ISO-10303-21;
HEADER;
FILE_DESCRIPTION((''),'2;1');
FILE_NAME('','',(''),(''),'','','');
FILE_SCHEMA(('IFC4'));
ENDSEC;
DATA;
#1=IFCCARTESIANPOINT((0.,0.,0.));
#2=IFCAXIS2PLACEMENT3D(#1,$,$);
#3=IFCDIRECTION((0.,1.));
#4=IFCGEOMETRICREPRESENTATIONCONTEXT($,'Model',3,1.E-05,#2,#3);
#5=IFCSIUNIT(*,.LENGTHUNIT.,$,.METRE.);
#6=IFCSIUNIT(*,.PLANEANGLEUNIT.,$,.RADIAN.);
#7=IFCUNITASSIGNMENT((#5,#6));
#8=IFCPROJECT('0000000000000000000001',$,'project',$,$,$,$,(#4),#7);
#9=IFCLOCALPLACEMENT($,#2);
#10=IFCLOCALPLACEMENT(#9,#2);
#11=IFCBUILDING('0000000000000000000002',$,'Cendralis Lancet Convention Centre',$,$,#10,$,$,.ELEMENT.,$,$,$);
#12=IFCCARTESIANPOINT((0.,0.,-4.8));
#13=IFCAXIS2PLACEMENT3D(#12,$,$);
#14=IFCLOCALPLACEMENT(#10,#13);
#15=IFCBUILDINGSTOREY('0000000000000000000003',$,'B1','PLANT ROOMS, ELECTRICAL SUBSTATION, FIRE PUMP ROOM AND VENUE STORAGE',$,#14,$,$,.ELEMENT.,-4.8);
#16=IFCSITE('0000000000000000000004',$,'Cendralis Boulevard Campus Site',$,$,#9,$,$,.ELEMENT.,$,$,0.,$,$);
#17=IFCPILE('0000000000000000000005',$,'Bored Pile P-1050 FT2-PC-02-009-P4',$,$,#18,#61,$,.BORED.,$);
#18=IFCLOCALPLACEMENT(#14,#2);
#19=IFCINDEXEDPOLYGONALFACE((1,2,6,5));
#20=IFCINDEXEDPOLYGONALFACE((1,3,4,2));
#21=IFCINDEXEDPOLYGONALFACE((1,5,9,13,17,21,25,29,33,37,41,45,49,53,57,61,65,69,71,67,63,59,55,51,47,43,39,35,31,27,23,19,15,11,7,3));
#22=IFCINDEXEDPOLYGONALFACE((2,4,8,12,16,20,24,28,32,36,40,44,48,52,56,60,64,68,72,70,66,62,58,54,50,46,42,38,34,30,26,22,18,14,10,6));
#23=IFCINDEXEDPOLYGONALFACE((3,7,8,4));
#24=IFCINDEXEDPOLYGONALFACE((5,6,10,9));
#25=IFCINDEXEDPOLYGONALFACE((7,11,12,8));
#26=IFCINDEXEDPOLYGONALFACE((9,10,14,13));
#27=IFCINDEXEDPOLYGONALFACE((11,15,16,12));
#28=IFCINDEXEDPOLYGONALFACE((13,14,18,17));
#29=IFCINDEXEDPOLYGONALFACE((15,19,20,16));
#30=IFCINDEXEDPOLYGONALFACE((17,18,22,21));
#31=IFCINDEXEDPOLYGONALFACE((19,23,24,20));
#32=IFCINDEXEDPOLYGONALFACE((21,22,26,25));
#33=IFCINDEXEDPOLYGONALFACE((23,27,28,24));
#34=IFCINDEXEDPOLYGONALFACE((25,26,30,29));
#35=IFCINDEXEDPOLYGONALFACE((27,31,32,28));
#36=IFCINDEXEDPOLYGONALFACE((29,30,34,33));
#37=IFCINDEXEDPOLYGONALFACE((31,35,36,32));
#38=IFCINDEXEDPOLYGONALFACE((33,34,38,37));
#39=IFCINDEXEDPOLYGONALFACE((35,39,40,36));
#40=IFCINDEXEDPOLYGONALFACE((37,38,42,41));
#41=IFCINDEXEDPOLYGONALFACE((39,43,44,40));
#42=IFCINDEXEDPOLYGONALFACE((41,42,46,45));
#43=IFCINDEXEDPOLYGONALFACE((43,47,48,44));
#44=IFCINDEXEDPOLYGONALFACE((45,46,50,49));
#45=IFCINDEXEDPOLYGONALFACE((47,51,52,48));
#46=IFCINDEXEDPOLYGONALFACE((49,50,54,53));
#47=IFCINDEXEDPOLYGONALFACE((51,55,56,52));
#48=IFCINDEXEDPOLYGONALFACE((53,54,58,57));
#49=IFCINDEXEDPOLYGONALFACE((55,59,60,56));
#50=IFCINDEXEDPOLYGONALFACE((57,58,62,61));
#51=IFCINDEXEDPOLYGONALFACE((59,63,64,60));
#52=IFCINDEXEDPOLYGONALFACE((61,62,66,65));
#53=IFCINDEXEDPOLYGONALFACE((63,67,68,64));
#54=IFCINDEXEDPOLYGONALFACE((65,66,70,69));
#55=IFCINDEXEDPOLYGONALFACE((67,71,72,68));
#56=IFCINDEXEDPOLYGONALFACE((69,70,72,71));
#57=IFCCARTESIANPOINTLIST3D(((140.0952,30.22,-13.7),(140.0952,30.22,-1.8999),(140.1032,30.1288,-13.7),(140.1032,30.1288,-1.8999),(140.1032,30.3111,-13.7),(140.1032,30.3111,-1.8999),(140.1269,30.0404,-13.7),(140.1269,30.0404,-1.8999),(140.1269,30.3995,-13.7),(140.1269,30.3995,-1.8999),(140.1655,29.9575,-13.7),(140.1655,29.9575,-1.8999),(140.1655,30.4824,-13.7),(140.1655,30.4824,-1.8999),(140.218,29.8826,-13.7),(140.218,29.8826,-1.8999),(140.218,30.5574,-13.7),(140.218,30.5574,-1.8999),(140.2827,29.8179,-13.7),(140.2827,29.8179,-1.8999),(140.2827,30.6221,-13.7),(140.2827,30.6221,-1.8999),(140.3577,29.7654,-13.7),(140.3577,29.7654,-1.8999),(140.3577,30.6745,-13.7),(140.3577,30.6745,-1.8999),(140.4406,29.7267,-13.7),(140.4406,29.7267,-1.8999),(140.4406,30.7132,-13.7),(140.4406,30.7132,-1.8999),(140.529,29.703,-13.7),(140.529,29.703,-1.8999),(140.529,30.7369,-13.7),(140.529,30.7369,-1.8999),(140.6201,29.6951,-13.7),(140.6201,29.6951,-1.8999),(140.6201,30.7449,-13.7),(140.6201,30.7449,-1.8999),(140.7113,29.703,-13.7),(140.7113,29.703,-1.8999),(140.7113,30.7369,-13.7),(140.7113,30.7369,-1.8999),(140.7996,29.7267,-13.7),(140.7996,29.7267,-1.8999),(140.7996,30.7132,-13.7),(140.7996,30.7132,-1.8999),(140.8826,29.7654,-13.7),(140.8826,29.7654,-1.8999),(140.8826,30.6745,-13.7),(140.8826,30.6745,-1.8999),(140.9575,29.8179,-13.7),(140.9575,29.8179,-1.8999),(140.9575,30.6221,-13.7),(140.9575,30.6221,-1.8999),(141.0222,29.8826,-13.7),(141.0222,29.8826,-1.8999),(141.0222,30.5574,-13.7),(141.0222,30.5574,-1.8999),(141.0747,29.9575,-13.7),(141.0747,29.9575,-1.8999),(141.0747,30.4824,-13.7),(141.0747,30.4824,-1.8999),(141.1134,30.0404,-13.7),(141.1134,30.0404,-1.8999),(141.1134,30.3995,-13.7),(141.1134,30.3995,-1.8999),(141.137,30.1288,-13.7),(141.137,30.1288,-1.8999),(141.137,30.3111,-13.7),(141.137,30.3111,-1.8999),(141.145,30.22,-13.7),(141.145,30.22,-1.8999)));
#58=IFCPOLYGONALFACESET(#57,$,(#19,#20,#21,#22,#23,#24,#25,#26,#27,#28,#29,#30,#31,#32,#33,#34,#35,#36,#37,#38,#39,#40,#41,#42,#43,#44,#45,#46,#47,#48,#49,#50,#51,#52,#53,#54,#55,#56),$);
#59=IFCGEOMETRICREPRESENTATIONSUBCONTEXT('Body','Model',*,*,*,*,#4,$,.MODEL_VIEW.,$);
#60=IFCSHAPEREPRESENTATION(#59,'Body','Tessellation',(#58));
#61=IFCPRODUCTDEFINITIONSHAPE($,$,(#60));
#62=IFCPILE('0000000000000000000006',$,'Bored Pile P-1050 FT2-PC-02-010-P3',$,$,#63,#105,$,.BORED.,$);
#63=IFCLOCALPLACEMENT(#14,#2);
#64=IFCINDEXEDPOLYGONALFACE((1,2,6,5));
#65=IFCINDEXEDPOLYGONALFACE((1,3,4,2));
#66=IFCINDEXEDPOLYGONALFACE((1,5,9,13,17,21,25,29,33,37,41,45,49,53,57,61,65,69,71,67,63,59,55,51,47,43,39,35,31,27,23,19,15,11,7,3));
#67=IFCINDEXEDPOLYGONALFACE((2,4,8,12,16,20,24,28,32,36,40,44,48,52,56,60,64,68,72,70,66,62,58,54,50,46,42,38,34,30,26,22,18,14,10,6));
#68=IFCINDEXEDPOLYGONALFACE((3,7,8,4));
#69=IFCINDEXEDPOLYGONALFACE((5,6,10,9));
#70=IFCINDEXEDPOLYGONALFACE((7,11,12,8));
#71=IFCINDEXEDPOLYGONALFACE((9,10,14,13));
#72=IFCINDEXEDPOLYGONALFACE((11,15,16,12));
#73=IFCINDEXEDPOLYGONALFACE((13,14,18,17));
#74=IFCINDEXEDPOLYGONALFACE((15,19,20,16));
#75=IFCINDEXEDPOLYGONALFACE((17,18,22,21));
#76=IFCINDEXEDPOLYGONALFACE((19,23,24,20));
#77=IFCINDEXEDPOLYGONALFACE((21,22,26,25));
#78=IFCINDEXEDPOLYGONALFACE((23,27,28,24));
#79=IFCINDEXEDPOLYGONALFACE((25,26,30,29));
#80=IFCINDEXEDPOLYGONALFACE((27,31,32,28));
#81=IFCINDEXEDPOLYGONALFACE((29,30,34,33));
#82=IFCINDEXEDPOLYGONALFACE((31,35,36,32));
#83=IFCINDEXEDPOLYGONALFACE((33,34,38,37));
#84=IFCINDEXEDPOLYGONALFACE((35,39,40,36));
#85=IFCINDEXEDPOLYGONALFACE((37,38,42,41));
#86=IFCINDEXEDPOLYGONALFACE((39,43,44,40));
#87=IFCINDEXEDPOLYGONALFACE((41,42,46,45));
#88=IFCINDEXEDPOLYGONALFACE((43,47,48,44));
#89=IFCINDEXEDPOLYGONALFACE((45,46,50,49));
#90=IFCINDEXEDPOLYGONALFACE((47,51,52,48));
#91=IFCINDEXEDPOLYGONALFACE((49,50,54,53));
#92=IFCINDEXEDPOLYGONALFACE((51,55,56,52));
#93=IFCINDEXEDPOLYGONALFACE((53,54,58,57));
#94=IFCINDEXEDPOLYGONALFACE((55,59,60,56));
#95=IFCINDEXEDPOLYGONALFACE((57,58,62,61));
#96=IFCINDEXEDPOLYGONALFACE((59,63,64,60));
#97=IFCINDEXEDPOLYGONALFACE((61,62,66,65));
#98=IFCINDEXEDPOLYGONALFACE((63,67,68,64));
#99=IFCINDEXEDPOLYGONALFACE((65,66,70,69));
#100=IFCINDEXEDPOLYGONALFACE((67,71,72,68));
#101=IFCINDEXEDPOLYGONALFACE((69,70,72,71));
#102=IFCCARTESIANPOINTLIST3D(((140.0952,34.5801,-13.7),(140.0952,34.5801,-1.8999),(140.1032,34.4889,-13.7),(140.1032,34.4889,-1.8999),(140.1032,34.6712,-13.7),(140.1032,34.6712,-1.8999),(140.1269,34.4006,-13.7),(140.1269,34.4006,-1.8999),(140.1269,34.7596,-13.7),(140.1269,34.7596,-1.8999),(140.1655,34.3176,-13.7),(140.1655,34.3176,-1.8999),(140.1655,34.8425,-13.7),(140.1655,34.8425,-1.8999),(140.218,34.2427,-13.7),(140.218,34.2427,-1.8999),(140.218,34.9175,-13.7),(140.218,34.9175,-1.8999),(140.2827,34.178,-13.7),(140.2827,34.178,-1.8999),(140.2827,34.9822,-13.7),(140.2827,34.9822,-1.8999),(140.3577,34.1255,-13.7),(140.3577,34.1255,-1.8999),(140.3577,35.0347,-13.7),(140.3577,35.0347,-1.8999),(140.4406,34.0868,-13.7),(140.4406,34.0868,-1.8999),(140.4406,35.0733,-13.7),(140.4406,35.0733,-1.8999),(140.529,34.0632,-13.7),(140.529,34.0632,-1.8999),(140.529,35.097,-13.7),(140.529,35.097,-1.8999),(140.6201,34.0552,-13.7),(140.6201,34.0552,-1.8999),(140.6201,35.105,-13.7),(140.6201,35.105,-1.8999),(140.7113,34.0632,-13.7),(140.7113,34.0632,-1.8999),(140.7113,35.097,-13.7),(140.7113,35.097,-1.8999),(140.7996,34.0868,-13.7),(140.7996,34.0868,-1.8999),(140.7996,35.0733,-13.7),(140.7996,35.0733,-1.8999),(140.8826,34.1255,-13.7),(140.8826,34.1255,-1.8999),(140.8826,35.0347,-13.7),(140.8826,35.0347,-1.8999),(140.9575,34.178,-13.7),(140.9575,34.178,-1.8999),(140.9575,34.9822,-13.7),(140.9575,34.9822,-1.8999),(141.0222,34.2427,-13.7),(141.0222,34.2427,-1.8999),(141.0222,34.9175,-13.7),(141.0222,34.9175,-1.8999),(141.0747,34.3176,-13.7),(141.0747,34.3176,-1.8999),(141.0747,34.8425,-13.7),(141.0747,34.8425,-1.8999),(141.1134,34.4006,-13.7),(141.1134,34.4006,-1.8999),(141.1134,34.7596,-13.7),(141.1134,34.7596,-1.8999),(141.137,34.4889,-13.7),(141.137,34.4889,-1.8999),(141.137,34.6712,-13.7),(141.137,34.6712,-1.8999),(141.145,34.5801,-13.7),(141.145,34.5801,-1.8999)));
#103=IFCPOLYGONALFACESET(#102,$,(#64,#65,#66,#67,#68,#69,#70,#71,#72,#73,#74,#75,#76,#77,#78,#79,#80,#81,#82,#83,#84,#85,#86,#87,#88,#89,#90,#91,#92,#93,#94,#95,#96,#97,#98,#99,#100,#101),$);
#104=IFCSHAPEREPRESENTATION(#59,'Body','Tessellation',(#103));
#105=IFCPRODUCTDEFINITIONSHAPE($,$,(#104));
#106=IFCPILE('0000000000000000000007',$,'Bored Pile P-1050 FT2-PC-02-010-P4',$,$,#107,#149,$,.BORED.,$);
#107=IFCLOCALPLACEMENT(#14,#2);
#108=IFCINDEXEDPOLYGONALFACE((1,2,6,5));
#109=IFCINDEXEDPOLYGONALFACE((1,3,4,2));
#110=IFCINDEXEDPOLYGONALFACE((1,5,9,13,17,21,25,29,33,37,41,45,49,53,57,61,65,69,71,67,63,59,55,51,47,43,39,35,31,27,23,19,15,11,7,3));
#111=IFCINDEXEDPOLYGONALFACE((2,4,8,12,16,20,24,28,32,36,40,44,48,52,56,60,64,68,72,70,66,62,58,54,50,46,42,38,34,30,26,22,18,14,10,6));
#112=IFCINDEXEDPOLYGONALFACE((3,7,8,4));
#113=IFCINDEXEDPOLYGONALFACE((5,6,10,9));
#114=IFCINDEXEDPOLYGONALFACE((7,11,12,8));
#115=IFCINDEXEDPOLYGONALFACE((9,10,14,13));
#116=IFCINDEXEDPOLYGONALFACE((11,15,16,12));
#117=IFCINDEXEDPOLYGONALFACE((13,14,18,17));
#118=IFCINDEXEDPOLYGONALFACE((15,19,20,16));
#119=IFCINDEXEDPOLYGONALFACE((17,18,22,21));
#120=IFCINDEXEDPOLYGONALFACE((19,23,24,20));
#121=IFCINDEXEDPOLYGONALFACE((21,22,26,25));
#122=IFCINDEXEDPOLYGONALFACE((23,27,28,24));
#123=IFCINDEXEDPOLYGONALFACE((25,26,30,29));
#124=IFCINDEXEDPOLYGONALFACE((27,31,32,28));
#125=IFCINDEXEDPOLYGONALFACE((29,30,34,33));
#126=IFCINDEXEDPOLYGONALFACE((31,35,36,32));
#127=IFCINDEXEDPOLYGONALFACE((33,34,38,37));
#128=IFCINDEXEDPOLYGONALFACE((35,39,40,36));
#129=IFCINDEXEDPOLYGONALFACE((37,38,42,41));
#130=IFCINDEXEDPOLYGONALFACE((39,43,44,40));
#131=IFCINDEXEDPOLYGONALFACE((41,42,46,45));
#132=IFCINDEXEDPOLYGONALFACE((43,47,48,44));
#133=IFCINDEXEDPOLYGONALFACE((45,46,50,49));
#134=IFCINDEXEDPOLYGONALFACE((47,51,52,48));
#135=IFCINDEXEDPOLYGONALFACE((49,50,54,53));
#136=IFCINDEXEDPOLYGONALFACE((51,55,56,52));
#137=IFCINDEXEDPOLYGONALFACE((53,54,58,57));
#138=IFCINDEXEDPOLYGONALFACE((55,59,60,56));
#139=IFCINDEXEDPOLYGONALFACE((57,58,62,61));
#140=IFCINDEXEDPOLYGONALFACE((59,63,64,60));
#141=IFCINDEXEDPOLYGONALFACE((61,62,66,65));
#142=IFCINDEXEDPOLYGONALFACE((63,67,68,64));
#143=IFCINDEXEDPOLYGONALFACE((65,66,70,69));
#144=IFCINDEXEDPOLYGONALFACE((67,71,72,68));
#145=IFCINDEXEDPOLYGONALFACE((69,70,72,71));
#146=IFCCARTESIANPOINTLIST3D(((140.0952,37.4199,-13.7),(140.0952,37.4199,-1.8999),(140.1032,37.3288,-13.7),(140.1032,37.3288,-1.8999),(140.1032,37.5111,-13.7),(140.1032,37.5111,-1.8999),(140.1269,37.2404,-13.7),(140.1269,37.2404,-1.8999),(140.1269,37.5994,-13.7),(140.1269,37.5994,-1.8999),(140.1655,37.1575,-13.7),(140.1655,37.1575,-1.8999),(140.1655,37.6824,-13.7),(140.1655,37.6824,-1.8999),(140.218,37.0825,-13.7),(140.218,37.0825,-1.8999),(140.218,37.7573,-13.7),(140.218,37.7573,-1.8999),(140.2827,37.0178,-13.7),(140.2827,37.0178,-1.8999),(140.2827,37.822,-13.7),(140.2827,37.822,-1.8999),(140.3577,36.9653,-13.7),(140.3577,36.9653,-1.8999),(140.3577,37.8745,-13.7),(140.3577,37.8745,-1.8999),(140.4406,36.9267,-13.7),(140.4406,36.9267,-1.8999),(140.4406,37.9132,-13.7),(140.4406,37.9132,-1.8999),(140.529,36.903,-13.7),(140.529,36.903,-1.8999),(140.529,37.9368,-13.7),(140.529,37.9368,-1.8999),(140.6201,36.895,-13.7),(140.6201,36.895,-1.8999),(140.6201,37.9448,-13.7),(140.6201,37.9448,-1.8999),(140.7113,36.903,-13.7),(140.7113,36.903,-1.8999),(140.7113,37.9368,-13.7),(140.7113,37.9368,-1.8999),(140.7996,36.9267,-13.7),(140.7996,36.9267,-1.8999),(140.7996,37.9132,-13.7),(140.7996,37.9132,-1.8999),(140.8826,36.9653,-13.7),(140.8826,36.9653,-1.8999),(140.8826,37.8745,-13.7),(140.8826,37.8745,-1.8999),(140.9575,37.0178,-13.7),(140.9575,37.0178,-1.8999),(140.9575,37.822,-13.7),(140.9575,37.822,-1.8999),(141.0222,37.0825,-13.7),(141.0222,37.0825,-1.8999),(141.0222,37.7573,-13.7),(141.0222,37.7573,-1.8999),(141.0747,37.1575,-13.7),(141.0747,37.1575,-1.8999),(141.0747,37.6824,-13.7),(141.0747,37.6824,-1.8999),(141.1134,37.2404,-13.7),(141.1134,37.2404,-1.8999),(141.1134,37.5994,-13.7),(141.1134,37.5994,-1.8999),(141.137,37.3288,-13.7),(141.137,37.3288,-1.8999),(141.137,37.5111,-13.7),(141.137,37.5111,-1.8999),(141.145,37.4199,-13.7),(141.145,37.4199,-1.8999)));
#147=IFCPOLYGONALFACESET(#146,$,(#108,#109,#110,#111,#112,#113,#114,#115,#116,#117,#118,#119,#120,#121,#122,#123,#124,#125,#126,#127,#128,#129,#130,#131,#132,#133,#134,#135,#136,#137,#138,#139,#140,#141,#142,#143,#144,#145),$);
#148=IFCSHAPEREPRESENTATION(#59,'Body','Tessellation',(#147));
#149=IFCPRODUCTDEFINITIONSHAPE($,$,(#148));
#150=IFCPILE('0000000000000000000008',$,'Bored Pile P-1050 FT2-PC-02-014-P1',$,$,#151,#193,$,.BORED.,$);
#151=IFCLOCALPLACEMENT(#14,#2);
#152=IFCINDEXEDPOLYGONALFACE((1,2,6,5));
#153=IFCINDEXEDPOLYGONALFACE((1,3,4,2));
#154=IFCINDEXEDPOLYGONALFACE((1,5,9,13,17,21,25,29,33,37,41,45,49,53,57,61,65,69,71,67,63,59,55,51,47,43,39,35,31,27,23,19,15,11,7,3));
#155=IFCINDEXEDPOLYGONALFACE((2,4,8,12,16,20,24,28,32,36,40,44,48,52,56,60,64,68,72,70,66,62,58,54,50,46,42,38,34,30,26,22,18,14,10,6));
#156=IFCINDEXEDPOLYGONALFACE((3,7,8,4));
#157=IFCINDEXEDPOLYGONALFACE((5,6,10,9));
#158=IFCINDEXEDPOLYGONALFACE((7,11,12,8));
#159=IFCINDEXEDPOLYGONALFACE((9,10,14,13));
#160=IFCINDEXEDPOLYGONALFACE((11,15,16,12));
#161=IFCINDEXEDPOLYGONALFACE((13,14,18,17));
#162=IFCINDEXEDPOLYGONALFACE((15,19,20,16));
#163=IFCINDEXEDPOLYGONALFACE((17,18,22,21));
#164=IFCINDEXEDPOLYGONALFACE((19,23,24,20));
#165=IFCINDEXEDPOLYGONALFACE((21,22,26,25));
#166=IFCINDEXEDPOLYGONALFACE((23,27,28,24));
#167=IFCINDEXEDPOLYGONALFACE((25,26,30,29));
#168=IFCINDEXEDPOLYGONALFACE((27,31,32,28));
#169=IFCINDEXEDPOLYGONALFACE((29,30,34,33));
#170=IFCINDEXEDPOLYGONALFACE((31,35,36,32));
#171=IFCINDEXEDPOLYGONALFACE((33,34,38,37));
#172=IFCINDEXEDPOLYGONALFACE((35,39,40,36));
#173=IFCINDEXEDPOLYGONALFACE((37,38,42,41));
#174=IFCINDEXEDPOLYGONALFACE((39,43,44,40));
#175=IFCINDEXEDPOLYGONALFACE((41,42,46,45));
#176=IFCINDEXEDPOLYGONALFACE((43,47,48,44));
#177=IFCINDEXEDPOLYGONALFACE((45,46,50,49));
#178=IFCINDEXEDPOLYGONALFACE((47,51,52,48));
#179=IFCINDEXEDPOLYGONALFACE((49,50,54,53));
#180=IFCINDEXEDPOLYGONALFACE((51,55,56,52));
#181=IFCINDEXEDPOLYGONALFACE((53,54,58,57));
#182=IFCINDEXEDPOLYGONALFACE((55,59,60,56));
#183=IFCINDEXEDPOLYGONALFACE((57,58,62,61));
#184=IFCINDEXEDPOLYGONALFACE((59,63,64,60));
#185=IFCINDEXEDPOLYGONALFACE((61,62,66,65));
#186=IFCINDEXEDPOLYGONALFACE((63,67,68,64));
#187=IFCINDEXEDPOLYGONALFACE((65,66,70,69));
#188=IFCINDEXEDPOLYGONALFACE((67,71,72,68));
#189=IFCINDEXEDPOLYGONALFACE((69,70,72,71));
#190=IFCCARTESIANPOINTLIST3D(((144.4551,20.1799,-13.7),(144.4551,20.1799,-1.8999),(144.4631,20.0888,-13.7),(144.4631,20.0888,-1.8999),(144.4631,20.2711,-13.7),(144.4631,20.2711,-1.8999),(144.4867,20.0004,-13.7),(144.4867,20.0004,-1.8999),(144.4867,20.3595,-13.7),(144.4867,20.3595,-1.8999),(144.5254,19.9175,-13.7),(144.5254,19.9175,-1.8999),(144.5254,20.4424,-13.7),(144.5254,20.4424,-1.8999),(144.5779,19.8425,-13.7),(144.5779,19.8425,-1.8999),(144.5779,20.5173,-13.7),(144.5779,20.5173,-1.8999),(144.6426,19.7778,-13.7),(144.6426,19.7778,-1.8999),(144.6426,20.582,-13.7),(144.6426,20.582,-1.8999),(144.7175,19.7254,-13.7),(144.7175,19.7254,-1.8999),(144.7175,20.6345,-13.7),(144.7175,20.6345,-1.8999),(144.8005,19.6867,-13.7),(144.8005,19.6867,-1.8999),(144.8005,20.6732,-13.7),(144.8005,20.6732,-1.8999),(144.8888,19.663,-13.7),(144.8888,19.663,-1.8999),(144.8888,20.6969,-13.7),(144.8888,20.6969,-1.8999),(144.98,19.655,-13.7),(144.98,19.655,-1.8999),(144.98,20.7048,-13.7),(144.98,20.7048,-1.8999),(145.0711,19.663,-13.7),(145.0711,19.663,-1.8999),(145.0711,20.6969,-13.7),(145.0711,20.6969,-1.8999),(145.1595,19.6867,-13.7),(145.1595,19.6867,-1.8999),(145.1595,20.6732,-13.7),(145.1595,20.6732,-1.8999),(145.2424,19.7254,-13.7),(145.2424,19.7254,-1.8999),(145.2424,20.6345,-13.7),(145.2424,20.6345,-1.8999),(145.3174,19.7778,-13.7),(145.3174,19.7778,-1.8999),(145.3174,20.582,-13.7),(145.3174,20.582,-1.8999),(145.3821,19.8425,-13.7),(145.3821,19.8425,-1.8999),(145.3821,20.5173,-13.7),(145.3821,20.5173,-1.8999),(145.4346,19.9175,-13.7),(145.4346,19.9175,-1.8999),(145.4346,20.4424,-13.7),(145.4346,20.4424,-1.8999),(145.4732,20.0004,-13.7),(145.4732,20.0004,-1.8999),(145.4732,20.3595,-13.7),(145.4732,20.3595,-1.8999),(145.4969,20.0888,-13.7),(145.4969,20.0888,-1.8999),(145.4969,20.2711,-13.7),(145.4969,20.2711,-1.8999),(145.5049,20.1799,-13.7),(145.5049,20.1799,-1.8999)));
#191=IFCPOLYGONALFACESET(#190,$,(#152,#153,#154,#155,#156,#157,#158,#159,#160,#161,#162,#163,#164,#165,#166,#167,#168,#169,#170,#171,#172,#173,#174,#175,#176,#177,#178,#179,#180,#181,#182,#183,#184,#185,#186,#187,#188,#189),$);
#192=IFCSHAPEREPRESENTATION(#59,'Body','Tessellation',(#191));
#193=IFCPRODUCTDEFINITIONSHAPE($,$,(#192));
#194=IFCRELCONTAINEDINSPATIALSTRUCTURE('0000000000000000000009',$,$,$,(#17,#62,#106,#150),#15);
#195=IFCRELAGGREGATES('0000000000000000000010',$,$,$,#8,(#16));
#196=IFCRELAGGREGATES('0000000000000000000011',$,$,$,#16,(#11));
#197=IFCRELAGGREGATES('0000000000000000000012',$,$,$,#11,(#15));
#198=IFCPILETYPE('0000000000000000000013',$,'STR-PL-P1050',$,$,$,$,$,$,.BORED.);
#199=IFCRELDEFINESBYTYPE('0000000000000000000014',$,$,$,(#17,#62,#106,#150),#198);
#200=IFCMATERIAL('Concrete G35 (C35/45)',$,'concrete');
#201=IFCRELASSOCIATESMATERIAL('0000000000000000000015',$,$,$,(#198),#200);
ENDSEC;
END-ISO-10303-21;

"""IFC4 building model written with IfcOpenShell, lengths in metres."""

from ifc_helpers import new_model, si_unit, direction, frame, origin, origin_2d, place, context, subcontext, project, spatial, circle, extrude, material, material_profile, profile_set, type_object, element, save


model = new_model("IFC4")

# Units and contexts
model_context = context("Model", 3, precision=1e-05, world=origin(), true_north=direction((0.0, 1.0)))
body_context = subcontext(model_context, "Body", "Model", "MODEL_VIEW")
ifc_project = project(units=[si_unit("LENGTHUNIT", "METRE"), si_unit("PLANEANGLEUNIT", "RADIAN")], contexts=[model_context])

# Site, building, storey
site_placement = place(None, origin())
site = spatial("IfcSite", under=ifc_project, at=site_placement, Name="Cendralis Boulevard Campus Site", CompositionType="ELEMENT", RefElevation=0.0)
building_placement = place(site_placement, origin())
building = spatial("IfcBuilding", under=site, at=building_placement, Name="Cendralis Lancet Convention Centre", CompositionType="ELEMENT")
storey_placement = place(building_placement, frame((0.0, 0.0, -4.8)))
storey = spatial("IfcBuildingStorey", under=building, at=storey_placement, Name="B1", Description="PLANT ROOMS, ELECTRICAL SUBSTATION, FIRE PUMP ROOM AND VENUE STORAGE", CompositionType="ELEMENT", Elevation=-4.8)

# Shared definitions
ifc_material_1 = material(Name="Concrete G35 (C35/45)", Category="concrete")

# Piles
ifc_material_profile_1 = material_profile(ifc_material_1, circle(Radius=0.5249, at=origin_2d()), Name="BORED PILE D1050")
ifc_profile_set_1 = profile_set([ifc_material_profile_1], Name="Concrete G35 (C35/45)")
pile_type = type_object("IfcPileType", Name="STR-PL-P1050", PredefinedType="BORED", material=ifc_profile_set_1)
for number, where, z_axis, x_axis, name in (
    (1, (140.6201, 30.22, -1.8999), (0.0, 0.0, -1.0), (1.0, 0.0, 0.0), "Bored Pile P-1050 FT2-PC-02-009-P4"),
    (2, (140.6201, 34.5801, -1.8999), (0.0, 0.0, -1.0), (1.0, 0.0, 0.0), "Bored Pile P-1050 FT2-PC-02-010-P3"),
    (3, (140.6201, 37.4199, -1.8999), (0.0, 0.0, -1.0), (1.0, 0.0, 0.0), "Bored Pile P-1050 FT2-PC-02-010-P4"),
    (4, (144.98, 20.1799, -1.8999), (0.0, 0.0, -1.0), (1.0, 0.0, 0.0), "Bored Pile P-1050 FT2-PC-02-014-P1"),
):
    element("IfcPile", number, at=place(storey_placement, frame(where, z_axis=z_axis, x_axis=x_axis)), inside=storey, type_object=pile_type, Name=name, PredefinedType="BORED", context=body_context, shape_type="SweptSolid", body=[
        extrude(circle(Radius=0.5249, at=origin_2d()), origin(), (0.0, 0.0, 1.0), 11.8),
    ])

save(model, "model.ifc")
